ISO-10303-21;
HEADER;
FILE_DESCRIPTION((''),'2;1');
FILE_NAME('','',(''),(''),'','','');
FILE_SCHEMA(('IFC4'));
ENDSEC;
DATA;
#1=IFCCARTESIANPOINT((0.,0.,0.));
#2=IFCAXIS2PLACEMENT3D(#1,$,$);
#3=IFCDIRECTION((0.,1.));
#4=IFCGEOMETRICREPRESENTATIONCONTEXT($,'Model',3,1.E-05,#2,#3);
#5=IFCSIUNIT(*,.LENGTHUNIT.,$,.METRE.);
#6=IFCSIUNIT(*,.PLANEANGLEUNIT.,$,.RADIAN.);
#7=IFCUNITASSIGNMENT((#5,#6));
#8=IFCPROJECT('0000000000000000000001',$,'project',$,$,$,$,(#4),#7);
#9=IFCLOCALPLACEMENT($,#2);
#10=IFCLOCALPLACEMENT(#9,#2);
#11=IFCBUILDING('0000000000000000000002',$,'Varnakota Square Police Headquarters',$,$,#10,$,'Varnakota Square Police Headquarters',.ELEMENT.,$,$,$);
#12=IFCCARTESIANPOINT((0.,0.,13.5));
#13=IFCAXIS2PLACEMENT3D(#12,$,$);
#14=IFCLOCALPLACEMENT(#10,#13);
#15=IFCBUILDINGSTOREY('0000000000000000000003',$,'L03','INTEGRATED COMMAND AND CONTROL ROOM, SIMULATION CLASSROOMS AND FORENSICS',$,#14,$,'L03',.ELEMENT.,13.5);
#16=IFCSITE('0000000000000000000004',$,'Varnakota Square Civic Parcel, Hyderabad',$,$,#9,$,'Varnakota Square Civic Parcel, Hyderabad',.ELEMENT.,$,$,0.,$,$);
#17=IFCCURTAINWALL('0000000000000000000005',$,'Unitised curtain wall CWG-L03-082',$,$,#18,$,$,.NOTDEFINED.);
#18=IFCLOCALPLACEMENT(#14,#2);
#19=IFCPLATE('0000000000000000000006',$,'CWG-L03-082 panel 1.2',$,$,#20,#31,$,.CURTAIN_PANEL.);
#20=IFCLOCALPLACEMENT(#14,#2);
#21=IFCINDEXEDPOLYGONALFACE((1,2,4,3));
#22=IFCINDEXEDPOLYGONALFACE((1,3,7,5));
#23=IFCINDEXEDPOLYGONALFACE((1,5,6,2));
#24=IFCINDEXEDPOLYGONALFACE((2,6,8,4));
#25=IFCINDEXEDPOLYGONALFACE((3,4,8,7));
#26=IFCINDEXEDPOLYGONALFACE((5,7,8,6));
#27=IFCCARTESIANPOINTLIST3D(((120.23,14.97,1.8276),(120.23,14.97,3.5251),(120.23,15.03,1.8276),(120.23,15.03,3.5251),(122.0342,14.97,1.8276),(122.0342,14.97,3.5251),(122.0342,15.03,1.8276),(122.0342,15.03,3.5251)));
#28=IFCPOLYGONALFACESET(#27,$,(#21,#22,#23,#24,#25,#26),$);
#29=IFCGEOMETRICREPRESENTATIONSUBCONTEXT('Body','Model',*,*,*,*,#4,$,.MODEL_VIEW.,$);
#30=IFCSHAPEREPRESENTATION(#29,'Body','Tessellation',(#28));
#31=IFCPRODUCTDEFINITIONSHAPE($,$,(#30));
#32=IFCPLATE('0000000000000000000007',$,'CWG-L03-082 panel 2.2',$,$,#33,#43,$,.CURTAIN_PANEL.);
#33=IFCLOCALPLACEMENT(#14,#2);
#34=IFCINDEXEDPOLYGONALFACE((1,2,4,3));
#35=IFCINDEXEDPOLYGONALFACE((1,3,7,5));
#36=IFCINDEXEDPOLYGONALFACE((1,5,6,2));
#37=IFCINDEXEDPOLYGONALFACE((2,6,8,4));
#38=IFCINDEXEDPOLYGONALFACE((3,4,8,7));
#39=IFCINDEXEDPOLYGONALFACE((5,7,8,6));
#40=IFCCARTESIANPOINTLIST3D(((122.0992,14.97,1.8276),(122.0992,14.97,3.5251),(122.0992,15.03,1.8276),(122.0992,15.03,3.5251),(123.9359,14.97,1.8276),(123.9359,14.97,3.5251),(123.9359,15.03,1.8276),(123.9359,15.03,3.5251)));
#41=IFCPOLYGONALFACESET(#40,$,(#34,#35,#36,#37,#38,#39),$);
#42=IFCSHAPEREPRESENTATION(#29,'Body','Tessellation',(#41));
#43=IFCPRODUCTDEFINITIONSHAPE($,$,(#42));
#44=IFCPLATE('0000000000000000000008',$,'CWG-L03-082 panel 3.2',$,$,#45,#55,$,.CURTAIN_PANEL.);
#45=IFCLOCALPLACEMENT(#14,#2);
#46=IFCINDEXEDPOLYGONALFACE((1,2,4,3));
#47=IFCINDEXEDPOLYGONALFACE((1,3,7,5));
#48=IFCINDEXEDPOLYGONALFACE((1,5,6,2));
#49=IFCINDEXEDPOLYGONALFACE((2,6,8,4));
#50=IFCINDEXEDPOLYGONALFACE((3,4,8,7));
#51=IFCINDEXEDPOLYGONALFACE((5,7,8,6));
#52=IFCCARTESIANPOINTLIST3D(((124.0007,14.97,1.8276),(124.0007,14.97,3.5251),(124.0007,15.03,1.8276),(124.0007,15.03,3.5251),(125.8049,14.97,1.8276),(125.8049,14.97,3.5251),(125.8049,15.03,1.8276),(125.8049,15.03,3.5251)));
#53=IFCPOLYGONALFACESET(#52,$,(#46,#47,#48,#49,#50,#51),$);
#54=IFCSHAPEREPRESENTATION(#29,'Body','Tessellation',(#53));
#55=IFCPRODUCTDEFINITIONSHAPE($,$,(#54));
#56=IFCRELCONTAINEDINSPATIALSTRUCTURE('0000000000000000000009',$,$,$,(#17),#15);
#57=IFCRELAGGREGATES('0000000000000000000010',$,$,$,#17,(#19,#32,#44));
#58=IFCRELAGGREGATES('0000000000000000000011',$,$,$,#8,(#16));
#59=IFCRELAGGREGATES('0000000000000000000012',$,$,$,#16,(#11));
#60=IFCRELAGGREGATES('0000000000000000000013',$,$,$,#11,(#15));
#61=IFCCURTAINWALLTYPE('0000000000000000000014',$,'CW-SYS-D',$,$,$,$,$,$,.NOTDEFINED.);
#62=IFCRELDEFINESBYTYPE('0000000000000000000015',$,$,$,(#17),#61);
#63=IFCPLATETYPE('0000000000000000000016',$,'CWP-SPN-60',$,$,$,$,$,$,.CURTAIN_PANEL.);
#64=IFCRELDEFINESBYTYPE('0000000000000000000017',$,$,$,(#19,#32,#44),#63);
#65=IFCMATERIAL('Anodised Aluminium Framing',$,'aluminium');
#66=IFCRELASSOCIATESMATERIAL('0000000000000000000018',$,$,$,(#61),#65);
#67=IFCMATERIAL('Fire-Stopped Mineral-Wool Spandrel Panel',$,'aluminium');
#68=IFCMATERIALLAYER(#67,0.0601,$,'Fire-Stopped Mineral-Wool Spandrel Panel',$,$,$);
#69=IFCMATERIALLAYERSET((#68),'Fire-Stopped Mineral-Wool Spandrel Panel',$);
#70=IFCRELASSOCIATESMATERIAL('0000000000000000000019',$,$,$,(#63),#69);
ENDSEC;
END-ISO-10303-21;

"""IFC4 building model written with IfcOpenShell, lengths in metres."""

from ifc_helpers import new_model, si_unit, direction, frame, origin, origin_2d, place, context, subcontext, project, spatial, rectangle, extrude, material, layer, layer_set, type_object, element, aggregate, save


model = new_model("IFC4")

# Units and contexts
model_context = context("Model", 3, precision=1e-05, world=origin(), true_north=direction((0.0, 1.0)))
body_context = subcontext(model_context, "Body", "Model", "MODEL_VIEW")
ifc_project = project(units=[si_unit("LENGTHUNIT", "METRE"), si_unit("PLANEANGLEUNIT", "RADIAN")], contexts=[model_context])

# Site, building, storey
site_placement = place(None, origin())
site = spatial("IfcSite", under=ifc_project, at=site_placement, Name="Varnakota Square Civic Parcel, Hyderabad", LongName="Varnakota Square Civic Parcel, Hyderabad", CompositionType="ELEMENT", RefElevation=0.0)
building_placement = place(site_placement, origin())
building = spatial("IfcBuilding", under=site, at=building_placement, Name="Varnakota Square Police Headquarters", LongName="Varnakota Square Police Headquarters", CompositionType="ELEMENT")
storey_placement = place(building_placement, frame((0.0, 0.0, 13.5)))
storey = spatial("IfcBuildingStorey", under=building, at=storey_placement, Name="L03", Description="INTEGRATED COMMAND AND CONTROL ROOM, SIMULATION CLASSROOMS AND FORENSICS", LongName="L03", CompositionType="ELEMENT", Elevation=13.5)

# Curtain wall
ifc_material_1 = material(Name="Anodised Aluminium Framing", Category="aluminium")
curtain_wall_type = type_object("IfcCurtainWallType", Name="CW-SYS-D", PredefinedType="NOTDEFINED", material=ifc_material_1)
curtain_wall_1_placement = place(storey_placement, origin())
curtain_wall_1 = element("IfcCurtainWall", 1, at=curtain_wall_1_placement, inside=storey, type_object=curtain_wall_type, Name="Unitised curtain wall CWG-L03-082", PredefinedType="NOTDEFINED")

# Plates
ifc_material_2 = material(Name="Fire-Stopped Mineral-Wool Spandrel Panel", Category="aluminium")
ifc_layer_1 = layer(ifc_material_2, 0.0601, Name="Fire-Stopped Mineral-Wool Spandrel Panel")
ifc_layer_set_1 = layer_set([ifc_layer_1], Name="Fire-Stopped Mineral-Wool Spandrel Panel")
plate_type_1 = type_object("IfcPlateType", Name="CWP-SPN-60", PredefinedType="CURTAIN_PANEL", material=ifc_layer_set_1)
plate_1_placement = place(storey_placement, frame((121.1321, 15.0, 1.8276), z_axis=(0.0, 0.0, 1.0), x_axis=(1.0, 0.0, 0.0)))
plate_1 = element("IfcPlate", 2, at=plate_1_placement, type_object=plate_type_1, Name="CWG-L03-082 panel 1.2", PredefinedType="CURTAIN_PANEL", context=body_context, shape_type="SweptSolid", body=[
    extrude(rectangle(XDim=1.8042, YDim=0.0601, at=origin_2d()), origin(), (0.0, 0.0, 1.0), 1.6975),
])
plate_2_placement = place(storey_placement, frame((123.0176, 15.0, 1.8276), z_axis=(0.0, 0.0, 1.0), x_axis=(1.0, 0.0, 0.0)))
plate_2 = element("IfcPlate", 3, at=plate_2_placement, type_object=plate_type_1, Name="CWG-L03-082 panel 2.2", PredefinedType="CURTAIN_PANEL", context=body_context, shape_type="SweptSolid", body=[
    extrude(rectangle(XDim=1.8367, YDim=0.0601, at=origin_2d()), origin(), (0.0, 0.0, 1.0), 1.6975),
])
plate_3_placement = place(storey_placement, frame((124.9028, 15.0, 1.8276), z_axis=(0.0, 0.0, 1.0), x_axis=(1.0, 0.0, 0.0)))
plate_3 = element("IfcPlate", 4, at=plate_3_placement, type_object=plate_type_1, Name="CWG-L03-082 panel 3.2", PredefinedType="CURTAIN_PANEL", context=body_context, shape_type="SweptSolid", body=[
    extrude(rectangle(XDim=1.8042, YDim=0.0601, at=origin_2d()), origin(), (0.0, 0.0, 1.0), 1.6975),
])
aggregate(curtain_wall_1, [plate_1, plate_2, plate_3])

save(model, "model.ifc")
